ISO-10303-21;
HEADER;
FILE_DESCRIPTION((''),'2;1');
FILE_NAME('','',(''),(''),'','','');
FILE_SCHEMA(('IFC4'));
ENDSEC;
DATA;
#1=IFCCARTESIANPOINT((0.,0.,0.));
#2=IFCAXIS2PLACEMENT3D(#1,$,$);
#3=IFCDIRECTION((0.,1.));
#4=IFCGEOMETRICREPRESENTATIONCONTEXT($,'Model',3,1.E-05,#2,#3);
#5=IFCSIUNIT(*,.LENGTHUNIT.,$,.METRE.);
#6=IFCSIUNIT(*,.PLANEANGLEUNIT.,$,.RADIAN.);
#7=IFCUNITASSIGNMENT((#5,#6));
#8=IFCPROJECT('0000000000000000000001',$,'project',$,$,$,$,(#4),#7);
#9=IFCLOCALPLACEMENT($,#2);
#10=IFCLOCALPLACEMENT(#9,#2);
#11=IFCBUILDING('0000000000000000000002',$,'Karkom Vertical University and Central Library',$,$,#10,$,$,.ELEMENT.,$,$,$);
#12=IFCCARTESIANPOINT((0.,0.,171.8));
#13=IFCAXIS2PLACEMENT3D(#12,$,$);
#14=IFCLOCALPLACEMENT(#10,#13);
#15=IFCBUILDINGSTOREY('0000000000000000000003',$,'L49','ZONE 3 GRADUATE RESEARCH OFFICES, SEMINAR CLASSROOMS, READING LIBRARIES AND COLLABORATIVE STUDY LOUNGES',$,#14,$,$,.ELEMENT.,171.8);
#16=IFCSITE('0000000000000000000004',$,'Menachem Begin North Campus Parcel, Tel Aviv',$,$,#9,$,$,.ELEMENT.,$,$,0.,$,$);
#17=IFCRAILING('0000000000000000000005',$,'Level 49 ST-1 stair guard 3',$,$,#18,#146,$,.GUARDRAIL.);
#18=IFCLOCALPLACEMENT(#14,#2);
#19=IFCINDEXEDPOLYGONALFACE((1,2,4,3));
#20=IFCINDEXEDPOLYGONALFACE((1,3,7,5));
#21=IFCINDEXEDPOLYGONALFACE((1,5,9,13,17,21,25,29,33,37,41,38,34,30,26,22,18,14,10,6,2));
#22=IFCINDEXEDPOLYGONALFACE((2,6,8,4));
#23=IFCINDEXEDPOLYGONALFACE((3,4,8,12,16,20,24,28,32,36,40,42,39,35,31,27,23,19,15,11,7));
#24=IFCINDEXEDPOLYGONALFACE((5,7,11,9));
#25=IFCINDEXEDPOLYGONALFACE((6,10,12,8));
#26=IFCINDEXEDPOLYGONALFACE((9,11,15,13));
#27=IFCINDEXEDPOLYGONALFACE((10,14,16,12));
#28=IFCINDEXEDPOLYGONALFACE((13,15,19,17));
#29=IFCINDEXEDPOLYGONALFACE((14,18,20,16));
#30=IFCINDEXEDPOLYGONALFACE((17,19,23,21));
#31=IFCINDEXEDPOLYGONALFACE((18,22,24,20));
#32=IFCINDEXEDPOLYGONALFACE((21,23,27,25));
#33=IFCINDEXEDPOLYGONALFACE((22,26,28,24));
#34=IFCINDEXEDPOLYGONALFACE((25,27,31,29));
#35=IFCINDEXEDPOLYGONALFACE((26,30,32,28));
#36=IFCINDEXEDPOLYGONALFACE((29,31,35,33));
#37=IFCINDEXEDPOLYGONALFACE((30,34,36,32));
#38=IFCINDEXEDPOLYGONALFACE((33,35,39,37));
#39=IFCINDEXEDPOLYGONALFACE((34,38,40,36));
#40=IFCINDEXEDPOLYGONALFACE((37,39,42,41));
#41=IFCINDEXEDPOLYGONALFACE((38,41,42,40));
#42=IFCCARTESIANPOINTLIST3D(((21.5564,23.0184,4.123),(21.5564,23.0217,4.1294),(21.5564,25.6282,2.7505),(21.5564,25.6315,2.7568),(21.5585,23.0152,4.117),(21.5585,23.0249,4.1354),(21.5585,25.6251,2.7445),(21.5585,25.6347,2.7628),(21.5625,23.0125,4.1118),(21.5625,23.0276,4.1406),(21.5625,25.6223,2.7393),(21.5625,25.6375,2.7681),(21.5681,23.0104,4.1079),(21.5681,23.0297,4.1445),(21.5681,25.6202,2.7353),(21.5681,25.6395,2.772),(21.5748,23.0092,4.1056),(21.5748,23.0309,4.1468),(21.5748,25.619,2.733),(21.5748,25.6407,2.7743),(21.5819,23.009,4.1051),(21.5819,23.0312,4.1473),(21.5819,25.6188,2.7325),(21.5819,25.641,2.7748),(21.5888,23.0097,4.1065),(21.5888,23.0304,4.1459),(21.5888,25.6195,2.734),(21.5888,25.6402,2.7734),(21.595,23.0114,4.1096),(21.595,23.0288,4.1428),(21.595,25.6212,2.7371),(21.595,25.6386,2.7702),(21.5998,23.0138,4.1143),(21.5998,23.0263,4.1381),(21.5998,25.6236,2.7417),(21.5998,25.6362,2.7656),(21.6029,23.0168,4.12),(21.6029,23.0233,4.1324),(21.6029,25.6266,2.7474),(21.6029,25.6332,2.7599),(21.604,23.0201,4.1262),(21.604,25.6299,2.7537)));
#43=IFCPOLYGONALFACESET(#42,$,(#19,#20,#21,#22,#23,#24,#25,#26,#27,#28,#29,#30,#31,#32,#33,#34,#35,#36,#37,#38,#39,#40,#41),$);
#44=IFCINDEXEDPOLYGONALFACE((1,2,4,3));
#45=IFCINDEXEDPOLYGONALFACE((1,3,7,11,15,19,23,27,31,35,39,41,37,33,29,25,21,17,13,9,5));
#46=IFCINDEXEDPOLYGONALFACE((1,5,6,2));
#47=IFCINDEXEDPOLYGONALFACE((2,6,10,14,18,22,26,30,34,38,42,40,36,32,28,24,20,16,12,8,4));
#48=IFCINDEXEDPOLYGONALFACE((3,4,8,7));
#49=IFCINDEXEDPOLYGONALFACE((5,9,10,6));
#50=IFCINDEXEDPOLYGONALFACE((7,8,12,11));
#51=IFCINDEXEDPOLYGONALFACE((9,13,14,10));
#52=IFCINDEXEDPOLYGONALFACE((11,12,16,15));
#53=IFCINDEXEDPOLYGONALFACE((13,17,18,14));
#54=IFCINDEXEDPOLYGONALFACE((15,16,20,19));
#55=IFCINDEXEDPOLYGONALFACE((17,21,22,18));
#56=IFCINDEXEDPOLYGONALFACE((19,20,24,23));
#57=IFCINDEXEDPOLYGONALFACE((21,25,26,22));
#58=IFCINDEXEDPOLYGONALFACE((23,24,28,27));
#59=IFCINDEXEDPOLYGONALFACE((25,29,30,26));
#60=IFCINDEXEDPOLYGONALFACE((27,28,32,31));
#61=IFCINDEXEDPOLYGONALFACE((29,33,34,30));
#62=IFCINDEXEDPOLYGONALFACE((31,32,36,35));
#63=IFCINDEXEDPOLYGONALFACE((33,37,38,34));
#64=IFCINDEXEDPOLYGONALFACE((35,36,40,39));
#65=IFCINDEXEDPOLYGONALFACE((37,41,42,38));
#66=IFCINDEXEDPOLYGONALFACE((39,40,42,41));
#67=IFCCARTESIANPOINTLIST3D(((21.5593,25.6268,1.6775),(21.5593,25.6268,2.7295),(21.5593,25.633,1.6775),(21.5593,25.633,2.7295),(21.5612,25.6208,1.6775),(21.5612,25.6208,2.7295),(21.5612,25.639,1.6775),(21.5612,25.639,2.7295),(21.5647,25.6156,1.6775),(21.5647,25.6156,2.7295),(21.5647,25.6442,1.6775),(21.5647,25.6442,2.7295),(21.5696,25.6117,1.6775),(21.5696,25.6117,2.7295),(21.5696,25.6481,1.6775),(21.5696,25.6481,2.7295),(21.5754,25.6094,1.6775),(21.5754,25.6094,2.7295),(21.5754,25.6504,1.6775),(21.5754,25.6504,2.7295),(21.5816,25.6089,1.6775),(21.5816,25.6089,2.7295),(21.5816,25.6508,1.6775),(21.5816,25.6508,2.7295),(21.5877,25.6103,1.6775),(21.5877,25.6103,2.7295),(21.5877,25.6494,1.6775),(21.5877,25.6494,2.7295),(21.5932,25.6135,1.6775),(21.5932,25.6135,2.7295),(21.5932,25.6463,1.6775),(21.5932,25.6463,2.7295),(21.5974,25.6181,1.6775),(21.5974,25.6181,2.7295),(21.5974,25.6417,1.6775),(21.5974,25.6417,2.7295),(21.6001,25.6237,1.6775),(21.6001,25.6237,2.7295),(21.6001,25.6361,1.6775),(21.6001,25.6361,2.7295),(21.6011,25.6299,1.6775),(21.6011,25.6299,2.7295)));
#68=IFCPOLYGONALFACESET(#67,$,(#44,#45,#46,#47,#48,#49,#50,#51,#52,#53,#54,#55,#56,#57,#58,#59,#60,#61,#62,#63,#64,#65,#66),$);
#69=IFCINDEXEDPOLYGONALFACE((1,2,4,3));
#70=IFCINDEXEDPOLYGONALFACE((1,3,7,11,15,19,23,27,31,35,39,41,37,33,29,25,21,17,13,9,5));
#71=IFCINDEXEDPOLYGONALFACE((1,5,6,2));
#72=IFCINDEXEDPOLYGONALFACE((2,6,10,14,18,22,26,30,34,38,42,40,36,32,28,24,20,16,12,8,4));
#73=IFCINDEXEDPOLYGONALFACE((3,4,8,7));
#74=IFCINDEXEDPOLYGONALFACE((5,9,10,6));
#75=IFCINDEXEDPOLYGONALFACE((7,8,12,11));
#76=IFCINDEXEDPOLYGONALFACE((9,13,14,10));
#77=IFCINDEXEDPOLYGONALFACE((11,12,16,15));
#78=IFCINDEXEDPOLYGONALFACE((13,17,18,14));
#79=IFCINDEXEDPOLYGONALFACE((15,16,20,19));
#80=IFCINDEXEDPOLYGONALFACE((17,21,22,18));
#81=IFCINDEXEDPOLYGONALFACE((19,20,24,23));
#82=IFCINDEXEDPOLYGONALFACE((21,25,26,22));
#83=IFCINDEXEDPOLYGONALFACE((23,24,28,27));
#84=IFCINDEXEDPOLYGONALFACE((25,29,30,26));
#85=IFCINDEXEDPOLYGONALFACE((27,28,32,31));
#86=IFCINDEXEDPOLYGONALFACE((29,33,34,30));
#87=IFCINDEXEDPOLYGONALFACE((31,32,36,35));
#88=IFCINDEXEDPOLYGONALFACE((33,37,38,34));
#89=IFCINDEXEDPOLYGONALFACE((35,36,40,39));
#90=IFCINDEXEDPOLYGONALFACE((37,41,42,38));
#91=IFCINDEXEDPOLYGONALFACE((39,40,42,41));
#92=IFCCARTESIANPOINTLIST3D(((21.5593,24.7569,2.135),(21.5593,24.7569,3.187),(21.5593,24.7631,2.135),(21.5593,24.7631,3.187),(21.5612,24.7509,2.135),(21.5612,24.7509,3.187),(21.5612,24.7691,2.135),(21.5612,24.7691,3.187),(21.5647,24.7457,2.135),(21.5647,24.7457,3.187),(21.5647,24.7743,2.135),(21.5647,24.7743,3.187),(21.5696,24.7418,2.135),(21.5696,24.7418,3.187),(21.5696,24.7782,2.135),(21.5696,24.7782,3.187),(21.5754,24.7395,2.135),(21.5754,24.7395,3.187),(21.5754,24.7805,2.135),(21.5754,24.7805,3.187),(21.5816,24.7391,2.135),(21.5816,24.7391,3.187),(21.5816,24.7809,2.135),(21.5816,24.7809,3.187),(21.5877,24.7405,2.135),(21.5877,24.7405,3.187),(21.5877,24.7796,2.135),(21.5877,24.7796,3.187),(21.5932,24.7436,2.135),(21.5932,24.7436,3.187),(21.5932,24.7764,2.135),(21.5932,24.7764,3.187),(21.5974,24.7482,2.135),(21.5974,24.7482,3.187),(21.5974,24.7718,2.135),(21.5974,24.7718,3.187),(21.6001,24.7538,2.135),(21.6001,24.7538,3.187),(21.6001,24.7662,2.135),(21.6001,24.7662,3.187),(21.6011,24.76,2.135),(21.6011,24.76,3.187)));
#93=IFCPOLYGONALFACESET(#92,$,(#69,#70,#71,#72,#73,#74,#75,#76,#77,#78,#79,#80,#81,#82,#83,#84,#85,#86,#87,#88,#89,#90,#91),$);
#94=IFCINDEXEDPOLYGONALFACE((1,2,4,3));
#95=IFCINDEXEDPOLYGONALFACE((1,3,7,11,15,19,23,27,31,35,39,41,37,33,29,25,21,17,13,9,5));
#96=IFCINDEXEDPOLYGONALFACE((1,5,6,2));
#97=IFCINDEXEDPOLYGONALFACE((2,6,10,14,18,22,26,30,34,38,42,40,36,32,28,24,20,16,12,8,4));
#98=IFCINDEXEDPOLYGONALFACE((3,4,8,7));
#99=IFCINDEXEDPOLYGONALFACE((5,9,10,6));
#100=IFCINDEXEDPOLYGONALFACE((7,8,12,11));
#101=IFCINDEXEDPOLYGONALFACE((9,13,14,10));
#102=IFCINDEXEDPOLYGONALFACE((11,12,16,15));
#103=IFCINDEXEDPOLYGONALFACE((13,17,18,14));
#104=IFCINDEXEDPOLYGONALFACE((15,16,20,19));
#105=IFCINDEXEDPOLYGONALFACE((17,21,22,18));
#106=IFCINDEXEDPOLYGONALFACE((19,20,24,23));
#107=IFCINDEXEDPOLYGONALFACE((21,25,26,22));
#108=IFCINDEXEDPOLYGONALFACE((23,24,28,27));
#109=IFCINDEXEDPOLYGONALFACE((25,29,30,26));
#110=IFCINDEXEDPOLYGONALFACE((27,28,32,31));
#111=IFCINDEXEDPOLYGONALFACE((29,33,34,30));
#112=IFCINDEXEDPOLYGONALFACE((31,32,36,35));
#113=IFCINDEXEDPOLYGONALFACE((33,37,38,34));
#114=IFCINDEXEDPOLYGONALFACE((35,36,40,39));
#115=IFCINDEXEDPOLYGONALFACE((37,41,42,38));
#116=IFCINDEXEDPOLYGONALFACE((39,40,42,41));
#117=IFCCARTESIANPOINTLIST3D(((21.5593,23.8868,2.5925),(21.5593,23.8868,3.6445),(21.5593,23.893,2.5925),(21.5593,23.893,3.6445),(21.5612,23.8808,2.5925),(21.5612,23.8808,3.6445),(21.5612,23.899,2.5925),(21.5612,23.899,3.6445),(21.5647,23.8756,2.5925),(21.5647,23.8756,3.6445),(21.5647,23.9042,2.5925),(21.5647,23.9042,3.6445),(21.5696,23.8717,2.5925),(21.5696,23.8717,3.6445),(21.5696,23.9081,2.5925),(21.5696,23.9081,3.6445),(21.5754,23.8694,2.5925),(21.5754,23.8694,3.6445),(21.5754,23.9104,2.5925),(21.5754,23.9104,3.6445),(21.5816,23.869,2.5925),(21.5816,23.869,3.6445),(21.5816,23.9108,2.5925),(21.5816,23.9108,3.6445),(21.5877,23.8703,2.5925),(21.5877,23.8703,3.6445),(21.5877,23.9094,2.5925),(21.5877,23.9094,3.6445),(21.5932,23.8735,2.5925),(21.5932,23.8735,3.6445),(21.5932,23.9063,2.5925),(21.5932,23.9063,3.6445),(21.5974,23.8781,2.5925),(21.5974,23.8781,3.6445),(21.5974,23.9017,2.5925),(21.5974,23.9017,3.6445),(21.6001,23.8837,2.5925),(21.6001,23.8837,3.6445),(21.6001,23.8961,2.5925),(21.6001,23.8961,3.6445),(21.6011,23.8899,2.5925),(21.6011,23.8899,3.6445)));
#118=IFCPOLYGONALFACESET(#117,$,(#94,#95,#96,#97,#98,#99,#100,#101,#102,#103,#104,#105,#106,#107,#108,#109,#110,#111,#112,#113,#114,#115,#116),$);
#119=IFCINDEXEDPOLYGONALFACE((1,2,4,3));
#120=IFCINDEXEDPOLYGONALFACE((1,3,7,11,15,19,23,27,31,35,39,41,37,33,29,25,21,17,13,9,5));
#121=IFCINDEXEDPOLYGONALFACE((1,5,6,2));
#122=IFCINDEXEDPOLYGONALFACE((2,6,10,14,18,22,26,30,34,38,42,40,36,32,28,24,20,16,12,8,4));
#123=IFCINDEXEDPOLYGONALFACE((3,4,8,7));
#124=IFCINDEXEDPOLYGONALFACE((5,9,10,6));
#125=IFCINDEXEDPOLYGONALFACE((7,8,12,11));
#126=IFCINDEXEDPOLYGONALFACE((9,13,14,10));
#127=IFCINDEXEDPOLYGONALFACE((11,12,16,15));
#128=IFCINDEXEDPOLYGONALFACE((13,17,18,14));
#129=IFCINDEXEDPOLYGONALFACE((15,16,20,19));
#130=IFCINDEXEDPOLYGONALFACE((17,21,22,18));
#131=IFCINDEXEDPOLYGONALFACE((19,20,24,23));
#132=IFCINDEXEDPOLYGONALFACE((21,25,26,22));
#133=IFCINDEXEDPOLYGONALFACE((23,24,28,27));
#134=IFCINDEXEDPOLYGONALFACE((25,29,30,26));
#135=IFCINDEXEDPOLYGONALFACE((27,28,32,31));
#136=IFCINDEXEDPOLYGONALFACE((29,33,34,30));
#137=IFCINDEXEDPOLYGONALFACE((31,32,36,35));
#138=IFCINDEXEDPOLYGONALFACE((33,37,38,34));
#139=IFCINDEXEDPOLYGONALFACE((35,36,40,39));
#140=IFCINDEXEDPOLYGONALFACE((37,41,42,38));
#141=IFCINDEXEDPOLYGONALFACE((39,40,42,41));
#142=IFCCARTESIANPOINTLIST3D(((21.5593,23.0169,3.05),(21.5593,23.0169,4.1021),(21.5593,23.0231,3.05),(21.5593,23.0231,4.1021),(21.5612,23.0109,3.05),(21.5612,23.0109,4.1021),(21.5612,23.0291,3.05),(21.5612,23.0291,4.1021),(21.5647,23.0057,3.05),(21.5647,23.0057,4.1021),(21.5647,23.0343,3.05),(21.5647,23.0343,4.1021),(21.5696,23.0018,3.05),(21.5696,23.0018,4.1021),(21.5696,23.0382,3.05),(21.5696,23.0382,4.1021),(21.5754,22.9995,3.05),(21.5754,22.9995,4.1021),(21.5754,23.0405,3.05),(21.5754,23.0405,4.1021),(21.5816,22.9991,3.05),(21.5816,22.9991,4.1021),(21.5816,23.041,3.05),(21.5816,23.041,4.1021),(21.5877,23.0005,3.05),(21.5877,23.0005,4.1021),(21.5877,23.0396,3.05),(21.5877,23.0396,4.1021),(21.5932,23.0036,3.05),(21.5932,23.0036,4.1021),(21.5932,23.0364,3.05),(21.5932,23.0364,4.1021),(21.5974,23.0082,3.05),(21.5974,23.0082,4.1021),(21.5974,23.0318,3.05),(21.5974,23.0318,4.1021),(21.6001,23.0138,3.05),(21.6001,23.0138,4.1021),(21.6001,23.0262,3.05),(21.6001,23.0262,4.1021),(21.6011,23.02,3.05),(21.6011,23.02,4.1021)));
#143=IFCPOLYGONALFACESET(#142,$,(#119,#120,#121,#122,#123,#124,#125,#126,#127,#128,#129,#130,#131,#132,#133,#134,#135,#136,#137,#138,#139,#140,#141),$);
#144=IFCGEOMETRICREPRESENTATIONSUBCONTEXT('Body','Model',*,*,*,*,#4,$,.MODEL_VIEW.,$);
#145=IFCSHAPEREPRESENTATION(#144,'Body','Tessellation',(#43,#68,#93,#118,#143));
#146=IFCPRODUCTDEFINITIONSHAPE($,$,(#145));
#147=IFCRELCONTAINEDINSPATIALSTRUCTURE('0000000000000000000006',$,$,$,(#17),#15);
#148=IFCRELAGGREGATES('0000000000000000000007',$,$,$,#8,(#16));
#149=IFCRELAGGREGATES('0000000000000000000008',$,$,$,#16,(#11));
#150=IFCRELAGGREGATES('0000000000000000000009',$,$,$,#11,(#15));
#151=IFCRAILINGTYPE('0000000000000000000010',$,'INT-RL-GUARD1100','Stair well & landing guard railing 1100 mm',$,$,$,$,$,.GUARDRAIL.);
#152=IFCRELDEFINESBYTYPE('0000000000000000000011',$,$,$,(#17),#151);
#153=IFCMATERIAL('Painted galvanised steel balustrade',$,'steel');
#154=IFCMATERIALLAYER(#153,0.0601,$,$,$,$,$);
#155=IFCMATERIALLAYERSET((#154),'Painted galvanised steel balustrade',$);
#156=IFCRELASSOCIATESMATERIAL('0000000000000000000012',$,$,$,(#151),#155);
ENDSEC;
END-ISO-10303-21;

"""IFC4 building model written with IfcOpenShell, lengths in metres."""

from ifc_helpers import new_model, si_unit, direction, frame, origin, origin_2d, place, context, subcontext, project, spatial, circle, extrude, material, layer, layer_set, type_object, element, save


model = new_model("IFC4")

# Units and contexts
model_context = context("Model", 3, precision=1e-05, world=origin(), true_north=direction((0.0, 1.0)))
body_context = subcontext(model_context, "Body", "Model", "MODEL_VIEW")
ifc_project = project(units=[si_unit("LENGTHUNIT", "METRE"), si_unit("PLANEANGLEUNIT", "RADIAN")], contexts=[model_context])

# Site, building, storey
site_placement = place(None, origin())
site = spatial("IfcSite", under=ifc_project, at=site_placement, Name="Menachem Begin North Campus Parcel, Tel Aviv", CompositionType="ELEMENT", RefElevation=0.0)
building_placement = place(site_placement, origin())
building = spatial("IfcBuilding", under=site, at=building_placement, Name="Karkom Vertical University and Central Library", CompositionType="ELEMENT")
storey_placement = place(building_placement, frame((0.0, 0.0, 171.8)))
storey = spatial("IfcBuildingStorey", under=building, at=storey_placement, Name="L49", Description="ZONE 3 GRADUATE RESEARCH OFFICES, SEMINAR CLASSROOMS, READING LIBRARIES AND COLLABORATIVE STUDY LOUNGES", CompositionType="ELEMENT", Elevation=171.8)

# Railing
ifc_material_1 = material(Name="Painted galvanised steel balustrade", Category="steel")
ifc_layer_1 = layer(ifc_material_1, 0.0601)
ifc_layer_set_1 = layer_set([ifc_layer_1], Name="Painted galvanised steel balustrade")
railing_type_1 = type_object("IfcRailingType", Name="INT-RL-GUARD1100", Description="Stair well & landing guard railing 1100 mm", PredefinedType="GUARDRAIL", material=ifc_layer_set_1)
railing_1_placement = place(storey_placement, frame((21.5801, 25.6299, 1.6775)))
element("IfcRailing", 1, at=railing_1_placement, inside=storey, type_object=railing_type_1, Name="Level 49 ST-1 stair guard 3", PredefinedType="GUARDRAIL", context=body_context, shape_type="SweptSolid", body=[
    extrude(circle(Radius=0.0239, at=origin_2d()), frame((0.0, 0.0, 1.0762), z_axis=(0.0, -0.885065, 0.465467), x_axis=(1.0, 0.0, 0.0)), (0.0, 0.0, 1.0), 2.9487),
    extrude(circle(Radius=0.021, at=origin_2d()), origin(), (0.0, 0.0, 1.0), 1.052),
    extrude(circle(Radius=0.021, at=origin_2d()), frame((0.0, -0.8699, 0.4575)), (0.0, 0.0, 1.0), 1.052),
    extrude(circle(Radius=0.021, at=origin_2d()), frame((0.0, -1.74, 0.915)), (0.0, 0.0, 1.0), 1.052),
    extrude(circle(Radius=0.021, at=origin_2d()), frame((0.0, -2.6099, 1.3726)), (0.0, 0.0, 1.0), 1.052),
])

save(model, "model.ifc")
